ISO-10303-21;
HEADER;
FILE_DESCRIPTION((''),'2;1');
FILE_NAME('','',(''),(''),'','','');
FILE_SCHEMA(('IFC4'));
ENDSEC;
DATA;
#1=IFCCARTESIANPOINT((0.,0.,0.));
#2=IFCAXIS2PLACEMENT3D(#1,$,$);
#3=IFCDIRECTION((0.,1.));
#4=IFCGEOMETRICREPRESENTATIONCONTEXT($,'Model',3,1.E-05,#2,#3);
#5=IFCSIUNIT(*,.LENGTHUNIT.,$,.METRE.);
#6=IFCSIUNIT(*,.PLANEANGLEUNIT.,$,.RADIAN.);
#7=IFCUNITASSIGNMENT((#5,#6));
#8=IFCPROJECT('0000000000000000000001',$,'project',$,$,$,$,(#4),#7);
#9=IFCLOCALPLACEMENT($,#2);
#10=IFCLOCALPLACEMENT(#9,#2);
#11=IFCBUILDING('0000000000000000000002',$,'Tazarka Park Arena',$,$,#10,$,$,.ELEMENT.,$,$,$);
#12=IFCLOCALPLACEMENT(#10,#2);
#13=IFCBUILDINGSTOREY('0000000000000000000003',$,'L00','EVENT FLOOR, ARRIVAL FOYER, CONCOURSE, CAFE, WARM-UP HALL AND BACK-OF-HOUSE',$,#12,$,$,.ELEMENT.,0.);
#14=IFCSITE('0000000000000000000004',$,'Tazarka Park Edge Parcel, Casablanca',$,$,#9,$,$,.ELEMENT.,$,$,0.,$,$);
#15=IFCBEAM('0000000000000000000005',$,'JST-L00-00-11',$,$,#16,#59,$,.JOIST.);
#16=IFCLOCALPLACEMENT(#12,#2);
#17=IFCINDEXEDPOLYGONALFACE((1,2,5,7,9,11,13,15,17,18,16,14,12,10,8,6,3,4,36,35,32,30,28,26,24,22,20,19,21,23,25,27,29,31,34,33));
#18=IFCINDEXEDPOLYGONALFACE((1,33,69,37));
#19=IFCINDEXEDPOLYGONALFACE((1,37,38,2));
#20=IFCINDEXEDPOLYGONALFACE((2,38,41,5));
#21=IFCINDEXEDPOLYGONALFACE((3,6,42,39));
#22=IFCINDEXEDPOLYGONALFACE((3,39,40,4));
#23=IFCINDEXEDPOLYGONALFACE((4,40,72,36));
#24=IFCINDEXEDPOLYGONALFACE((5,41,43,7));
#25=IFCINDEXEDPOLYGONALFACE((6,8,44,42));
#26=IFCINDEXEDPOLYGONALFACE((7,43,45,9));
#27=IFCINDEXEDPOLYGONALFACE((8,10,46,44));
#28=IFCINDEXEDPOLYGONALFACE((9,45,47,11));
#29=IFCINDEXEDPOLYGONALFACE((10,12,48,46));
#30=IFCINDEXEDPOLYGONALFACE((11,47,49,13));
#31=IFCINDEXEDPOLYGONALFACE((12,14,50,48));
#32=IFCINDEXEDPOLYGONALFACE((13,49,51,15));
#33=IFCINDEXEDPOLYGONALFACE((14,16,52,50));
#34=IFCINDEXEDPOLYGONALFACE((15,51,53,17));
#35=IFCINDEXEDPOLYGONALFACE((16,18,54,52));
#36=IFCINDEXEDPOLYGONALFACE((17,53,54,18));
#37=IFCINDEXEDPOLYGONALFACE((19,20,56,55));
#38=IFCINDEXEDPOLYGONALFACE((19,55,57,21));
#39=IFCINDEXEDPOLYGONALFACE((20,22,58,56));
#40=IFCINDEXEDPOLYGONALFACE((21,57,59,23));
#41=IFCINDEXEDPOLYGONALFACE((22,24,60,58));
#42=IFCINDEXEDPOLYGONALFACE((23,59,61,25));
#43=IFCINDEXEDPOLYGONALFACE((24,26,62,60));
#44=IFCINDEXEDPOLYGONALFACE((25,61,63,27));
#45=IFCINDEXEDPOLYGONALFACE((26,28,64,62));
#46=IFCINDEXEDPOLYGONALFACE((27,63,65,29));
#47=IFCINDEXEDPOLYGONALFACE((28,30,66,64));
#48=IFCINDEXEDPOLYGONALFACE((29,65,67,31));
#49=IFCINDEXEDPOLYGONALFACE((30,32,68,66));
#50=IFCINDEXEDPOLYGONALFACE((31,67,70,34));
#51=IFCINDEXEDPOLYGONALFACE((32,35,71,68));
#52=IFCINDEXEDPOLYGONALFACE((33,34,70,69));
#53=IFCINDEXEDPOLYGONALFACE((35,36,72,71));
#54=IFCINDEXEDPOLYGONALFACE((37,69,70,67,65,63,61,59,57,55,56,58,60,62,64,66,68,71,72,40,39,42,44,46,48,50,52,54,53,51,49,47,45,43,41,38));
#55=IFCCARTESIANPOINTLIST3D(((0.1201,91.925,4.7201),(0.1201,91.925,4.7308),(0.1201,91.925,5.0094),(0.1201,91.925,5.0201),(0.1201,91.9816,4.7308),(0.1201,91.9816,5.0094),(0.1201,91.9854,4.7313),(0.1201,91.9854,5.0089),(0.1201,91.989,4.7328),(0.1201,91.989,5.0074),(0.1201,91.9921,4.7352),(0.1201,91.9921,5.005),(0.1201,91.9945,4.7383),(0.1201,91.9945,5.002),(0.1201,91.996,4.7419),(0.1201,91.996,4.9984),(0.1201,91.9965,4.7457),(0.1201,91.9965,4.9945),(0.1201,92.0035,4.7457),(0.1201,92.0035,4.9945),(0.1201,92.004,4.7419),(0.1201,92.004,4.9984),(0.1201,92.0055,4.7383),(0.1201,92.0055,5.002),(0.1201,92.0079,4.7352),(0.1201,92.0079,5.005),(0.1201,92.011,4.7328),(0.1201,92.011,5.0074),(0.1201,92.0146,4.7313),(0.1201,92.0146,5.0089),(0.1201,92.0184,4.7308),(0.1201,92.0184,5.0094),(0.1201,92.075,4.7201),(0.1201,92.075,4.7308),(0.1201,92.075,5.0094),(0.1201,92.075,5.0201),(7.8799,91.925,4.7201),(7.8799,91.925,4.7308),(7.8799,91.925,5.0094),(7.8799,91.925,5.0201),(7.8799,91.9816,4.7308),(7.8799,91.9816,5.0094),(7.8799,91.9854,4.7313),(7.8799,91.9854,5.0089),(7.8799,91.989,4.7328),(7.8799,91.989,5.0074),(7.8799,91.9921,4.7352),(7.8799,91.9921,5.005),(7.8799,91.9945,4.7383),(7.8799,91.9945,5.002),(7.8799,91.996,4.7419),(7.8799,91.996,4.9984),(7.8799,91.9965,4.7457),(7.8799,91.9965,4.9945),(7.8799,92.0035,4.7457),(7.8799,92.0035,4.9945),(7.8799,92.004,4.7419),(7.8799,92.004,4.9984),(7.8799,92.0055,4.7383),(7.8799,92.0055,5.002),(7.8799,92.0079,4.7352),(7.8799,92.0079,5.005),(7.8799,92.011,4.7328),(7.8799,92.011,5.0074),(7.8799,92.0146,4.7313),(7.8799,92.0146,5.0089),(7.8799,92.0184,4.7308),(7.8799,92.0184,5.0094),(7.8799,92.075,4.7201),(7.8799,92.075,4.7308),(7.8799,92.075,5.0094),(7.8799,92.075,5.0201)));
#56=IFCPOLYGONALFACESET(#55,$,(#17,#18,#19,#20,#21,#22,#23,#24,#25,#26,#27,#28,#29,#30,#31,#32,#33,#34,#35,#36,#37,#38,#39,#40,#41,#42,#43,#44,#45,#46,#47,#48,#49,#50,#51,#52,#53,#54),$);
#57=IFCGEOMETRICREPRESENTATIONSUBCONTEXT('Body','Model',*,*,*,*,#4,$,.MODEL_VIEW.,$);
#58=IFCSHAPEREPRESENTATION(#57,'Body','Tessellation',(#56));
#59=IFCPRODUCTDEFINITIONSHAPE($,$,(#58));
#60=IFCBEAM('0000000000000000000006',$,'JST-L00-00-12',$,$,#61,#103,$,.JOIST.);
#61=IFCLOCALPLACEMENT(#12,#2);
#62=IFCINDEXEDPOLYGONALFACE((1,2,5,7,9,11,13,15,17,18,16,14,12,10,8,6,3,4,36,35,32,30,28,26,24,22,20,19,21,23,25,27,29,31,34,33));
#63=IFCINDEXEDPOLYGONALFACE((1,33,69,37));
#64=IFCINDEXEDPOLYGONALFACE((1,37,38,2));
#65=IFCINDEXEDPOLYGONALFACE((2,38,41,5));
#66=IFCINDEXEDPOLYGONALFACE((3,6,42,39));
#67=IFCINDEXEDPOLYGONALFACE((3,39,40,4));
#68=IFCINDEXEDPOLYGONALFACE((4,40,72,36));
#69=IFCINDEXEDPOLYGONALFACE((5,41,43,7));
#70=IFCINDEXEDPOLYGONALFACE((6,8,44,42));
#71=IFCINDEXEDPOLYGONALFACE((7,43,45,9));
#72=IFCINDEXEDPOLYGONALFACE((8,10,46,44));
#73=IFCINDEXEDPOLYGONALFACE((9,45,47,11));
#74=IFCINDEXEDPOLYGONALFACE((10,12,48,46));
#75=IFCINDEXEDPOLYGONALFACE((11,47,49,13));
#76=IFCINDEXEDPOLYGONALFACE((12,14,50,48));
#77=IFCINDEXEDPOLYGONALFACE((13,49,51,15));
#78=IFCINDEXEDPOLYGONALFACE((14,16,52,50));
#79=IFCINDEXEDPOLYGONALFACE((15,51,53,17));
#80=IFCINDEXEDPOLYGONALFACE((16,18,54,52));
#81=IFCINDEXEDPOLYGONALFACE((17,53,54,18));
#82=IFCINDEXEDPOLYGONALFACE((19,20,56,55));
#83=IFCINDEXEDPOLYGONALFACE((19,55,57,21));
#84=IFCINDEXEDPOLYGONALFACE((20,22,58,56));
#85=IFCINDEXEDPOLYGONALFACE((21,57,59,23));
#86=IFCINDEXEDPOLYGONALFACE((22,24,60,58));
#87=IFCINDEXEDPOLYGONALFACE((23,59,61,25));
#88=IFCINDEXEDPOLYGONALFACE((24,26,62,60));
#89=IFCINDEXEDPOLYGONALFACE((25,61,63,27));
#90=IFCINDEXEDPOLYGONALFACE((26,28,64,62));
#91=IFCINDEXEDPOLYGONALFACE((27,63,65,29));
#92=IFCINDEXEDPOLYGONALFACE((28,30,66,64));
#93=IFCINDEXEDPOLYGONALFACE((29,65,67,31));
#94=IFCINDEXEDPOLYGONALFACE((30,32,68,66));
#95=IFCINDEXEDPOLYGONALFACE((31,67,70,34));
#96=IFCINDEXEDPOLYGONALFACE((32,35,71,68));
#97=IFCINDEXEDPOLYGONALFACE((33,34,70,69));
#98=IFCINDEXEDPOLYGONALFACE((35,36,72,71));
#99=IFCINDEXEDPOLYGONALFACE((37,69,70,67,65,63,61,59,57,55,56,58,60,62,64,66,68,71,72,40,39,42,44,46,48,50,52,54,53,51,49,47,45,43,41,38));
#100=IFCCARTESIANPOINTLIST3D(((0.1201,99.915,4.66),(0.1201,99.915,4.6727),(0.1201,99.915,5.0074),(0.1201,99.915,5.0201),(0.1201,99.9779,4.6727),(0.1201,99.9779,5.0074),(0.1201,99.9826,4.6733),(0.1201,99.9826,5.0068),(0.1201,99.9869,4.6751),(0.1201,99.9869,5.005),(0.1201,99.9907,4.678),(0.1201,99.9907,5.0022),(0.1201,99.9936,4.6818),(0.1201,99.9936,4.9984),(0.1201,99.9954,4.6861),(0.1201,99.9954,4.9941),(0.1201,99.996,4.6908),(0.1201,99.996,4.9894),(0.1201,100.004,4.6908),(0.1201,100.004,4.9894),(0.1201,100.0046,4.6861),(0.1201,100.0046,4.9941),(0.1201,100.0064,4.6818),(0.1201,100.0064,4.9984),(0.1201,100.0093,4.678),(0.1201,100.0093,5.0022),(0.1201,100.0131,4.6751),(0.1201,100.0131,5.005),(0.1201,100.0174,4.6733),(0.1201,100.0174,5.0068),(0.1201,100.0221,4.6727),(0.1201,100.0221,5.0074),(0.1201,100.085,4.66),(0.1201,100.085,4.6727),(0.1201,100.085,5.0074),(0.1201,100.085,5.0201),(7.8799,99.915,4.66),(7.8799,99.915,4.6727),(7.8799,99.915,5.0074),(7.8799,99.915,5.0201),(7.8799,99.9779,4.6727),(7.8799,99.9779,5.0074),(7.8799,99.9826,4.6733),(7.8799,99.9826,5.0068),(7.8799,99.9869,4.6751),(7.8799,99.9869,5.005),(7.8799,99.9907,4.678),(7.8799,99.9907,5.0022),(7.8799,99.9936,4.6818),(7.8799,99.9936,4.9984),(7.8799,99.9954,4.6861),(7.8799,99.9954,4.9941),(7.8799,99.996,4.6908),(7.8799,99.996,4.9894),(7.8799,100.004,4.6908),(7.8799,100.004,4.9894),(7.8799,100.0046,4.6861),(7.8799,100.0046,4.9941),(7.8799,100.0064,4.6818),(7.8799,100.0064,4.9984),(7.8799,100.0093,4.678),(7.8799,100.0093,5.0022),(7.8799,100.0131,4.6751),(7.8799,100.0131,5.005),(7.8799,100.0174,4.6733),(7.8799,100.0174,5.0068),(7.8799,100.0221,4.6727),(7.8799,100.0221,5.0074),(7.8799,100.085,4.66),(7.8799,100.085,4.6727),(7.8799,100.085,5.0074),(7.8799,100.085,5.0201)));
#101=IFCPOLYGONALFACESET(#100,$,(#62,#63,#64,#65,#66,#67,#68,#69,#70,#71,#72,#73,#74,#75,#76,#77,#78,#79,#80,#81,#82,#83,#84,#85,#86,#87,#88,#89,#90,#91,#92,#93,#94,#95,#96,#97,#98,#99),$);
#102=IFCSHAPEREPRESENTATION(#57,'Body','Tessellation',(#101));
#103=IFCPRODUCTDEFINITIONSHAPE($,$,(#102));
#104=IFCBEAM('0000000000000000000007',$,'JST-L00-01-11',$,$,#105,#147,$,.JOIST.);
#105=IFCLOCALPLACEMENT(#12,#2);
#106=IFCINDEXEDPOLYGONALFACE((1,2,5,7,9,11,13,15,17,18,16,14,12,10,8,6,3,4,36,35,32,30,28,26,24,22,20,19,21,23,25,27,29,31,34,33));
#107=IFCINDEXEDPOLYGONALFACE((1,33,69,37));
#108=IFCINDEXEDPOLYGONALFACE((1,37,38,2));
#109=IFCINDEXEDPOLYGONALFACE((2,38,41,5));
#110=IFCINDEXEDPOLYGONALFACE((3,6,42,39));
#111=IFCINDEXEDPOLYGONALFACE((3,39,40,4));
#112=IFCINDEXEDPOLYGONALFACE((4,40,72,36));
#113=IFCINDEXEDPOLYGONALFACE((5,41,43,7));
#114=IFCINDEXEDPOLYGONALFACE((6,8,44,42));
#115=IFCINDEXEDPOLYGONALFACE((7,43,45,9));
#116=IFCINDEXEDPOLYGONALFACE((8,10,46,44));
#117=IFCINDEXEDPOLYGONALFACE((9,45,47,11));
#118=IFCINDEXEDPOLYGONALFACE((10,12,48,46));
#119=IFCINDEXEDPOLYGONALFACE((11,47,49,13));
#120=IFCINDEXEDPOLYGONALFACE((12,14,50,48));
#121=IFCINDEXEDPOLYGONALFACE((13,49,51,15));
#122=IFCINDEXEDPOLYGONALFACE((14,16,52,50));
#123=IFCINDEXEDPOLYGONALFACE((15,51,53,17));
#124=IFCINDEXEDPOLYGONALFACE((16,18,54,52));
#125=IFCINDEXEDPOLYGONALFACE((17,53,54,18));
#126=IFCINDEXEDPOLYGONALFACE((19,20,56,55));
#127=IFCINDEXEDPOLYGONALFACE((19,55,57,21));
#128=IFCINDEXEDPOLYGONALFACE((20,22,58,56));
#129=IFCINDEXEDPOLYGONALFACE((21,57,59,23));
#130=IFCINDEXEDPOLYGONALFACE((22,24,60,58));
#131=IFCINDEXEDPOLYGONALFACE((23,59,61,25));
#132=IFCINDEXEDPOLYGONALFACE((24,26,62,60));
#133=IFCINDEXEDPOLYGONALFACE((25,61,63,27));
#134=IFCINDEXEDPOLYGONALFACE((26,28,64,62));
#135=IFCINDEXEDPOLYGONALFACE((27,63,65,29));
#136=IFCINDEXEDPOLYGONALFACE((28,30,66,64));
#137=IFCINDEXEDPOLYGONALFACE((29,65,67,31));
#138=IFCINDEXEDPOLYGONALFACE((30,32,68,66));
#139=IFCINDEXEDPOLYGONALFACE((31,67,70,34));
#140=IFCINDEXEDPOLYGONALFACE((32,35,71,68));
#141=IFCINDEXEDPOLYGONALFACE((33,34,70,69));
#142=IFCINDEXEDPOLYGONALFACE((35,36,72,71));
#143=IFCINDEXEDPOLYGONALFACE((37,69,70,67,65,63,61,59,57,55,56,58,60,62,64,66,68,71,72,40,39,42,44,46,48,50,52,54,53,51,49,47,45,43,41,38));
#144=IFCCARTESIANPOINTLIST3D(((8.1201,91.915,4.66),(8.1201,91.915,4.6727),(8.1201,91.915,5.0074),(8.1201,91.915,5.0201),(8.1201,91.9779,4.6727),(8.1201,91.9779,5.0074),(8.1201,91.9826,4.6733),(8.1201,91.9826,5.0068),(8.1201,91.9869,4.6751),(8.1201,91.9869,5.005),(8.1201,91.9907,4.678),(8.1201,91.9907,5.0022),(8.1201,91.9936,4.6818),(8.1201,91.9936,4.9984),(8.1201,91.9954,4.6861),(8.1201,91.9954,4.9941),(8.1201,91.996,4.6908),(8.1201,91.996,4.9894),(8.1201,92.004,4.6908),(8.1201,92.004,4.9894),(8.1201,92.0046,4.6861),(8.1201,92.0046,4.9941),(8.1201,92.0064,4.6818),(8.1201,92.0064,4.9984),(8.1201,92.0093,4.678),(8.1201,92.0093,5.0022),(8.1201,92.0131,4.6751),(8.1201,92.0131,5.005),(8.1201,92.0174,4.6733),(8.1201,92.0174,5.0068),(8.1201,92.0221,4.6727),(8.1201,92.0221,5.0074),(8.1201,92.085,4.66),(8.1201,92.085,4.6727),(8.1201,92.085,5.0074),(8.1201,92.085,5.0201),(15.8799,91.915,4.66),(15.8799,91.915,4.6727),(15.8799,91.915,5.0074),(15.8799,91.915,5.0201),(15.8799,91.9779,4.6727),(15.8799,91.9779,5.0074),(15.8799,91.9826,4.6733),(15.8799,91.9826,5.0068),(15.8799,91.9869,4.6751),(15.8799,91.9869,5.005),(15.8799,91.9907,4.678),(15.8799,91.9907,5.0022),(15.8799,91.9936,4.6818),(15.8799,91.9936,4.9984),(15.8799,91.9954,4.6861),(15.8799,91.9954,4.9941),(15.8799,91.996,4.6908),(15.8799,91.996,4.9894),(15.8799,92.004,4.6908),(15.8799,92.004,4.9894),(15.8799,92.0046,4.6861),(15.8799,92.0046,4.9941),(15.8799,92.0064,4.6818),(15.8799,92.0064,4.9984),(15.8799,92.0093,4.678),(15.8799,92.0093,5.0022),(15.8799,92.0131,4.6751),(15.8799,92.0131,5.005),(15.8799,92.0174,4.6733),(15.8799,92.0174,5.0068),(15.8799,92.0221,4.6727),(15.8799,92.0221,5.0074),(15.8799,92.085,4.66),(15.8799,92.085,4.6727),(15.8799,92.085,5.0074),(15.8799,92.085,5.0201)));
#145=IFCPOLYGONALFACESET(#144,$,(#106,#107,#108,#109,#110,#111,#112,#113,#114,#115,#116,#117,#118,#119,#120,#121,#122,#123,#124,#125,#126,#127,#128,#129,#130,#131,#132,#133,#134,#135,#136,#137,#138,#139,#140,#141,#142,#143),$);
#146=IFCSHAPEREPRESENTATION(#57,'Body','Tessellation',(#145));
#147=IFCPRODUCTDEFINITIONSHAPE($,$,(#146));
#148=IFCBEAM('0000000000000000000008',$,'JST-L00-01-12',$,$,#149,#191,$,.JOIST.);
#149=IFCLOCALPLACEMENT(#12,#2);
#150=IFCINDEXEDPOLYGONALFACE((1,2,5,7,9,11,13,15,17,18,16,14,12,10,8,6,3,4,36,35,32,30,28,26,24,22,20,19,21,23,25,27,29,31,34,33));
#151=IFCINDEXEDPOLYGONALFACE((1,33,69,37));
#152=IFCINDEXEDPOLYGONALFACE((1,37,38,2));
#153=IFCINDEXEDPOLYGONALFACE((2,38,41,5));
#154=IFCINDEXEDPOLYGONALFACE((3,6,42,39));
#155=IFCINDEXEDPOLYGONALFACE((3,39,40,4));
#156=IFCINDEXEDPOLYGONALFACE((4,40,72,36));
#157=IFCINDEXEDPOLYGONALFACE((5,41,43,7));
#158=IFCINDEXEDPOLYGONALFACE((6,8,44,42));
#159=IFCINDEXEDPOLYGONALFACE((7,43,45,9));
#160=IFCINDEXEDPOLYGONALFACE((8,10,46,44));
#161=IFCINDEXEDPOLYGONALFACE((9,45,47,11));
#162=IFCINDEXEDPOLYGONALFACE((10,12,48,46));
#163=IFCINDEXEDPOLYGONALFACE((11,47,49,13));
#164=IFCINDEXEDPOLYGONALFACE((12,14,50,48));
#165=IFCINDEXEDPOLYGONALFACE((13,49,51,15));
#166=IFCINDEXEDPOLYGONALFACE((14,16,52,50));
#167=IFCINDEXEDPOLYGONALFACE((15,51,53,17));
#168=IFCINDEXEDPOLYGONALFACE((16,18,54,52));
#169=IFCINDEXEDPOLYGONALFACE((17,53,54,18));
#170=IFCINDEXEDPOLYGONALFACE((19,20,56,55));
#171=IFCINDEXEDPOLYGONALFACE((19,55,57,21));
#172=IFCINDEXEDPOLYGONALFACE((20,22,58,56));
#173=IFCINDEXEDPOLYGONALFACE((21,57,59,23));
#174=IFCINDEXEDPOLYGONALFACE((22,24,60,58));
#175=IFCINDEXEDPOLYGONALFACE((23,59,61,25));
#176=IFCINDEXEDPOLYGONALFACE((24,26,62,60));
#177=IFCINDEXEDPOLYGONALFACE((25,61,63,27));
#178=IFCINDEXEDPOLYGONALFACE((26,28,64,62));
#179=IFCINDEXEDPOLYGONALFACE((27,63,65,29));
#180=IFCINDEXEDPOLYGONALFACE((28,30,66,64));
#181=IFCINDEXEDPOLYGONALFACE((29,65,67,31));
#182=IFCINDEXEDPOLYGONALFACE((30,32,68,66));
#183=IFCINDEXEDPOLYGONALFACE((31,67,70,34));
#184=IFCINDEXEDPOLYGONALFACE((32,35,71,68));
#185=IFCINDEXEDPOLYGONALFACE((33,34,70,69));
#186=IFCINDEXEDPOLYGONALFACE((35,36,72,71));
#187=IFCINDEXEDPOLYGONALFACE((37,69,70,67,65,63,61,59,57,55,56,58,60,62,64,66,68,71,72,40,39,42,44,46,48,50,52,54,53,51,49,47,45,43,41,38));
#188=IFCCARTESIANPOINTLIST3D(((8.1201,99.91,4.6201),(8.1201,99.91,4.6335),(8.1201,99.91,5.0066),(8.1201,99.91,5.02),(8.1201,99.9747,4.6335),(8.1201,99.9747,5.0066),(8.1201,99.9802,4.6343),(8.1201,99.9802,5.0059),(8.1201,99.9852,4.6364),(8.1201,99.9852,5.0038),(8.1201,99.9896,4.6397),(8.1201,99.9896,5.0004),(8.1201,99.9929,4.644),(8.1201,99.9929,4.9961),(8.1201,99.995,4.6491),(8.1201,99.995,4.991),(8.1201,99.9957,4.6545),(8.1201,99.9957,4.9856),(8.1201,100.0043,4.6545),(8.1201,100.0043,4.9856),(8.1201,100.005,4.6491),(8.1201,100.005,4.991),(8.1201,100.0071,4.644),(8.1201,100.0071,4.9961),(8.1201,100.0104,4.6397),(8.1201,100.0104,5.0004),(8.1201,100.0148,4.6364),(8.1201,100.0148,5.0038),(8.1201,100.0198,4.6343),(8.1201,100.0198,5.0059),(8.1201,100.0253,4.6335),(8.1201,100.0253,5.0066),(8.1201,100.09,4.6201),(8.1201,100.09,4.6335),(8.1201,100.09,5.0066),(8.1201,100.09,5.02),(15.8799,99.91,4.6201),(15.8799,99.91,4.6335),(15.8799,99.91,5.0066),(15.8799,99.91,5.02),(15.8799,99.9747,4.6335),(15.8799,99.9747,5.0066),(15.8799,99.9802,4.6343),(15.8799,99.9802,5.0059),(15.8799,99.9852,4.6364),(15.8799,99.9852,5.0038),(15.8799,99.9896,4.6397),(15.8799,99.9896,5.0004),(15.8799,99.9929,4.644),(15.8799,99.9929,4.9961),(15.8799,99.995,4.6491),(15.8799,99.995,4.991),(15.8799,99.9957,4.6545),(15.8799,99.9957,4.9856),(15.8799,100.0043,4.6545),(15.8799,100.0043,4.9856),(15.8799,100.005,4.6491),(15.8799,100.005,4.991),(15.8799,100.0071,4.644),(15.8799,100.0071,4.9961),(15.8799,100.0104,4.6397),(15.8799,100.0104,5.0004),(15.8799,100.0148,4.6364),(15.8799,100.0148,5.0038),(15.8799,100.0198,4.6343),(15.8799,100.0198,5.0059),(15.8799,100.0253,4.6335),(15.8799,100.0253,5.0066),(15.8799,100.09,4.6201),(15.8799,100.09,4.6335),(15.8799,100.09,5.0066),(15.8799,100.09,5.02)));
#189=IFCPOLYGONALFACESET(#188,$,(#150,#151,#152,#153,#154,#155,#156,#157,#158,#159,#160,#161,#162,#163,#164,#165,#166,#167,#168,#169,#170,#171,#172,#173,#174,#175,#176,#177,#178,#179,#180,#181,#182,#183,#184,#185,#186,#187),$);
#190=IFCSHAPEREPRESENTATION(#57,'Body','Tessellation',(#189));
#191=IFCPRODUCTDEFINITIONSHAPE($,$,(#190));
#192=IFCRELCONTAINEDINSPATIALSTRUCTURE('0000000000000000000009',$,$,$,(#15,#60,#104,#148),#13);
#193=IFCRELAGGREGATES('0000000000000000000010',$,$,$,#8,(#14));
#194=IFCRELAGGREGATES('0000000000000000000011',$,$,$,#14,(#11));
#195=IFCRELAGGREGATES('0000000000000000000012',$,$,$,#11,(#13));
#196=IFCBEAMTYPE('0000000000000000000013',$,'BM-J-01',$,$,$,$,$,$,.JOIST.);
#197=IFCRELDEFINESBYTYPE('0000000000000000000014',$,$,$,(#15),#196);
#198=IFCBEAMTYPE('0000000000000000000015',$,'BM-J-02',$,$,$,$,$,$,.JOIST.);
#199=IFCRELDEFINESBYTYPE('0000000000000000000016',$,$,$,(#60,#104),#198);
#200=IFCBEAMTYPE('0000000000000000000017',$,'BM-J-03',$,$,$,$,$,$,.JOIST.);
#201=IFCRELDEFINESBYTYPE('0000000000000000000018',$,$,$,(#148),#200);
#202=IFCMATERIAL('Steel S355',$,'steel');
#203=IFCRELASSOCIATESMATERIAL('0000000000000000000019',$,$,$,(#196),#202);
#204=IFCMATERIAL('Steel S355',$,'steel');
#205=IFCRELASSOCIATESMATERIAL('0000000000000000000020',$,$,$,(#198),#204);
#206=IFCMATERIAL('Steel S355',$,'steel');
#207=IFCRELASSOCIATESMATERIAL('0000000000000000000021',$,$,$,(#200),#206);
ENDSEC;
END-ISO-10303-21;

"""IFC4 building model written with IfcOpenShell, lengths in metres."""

from ifc_helpers import new_model, si_unit, direction, frame, origin, origin_2d, place, context, subcontext, project, spatial, i_section, extrude, material, material_profile, profile_set, type_object, element, save


model = new_model("IFC4")

# Units and contexts
model_context = context("Model", 3, precision=1e-05, world=origin(), true_north=direction((0.0, 1.0)))
body_context = subcontext(model_context, "Body", "Model", "MODEL_VIEW")
ifc_project = project(units=[si_unit("LENGTHUNIT", "METRE"), si_unit("PLANEANGLEUNIT", "RADIAN")], contexts=[model_context])

# Site, building, storey
site_placement = place(None, origin())
site = spatial("IfcSite", under=ifc_project, at=site_placement, Name="Tazarka Park Edge Parcel, Casablanca", CompositionType="ELEMENT", RefElevation=0.0)
building_placement = place(site_placement, origin())
building = spatial("IfcBuilding", under=site, at=building_placement, Name="Tazarka Park Arena", CompositionType="ELEMENT")
storey_placement = place(building_placement, origin())
storey = spatial("IfcBuildingStorey", under=building, at=storey_placement, Name="L00", Description="EVENT FLOOR, ARRIVAL FOYER, CONCOURSE, CAFE, WARM-UP HALL AND BACK-OF-HOUSE", CompositionType="ELEMENT", Elevation=0.0)

# Beams
ifc_material_1 = material(Name="Steel S355", Category="steel")
ifc_material_profile_1 = material_profile(ifc_material_1, i_section(OverallWidth=0.1499, OverallDepth=0.3, WebThickness=0.0071, FlangeThickness=0.0107, FilletRadius=0.0149, at=origin_2d()), Name="Steel S355")
ifc_profile_set_1 = profile_set([ifc_material_profile_1], Name="Steel S355")
beam_type_1 = type_object("IfcBeamType", Name="BM-J-01", PredefinedType="JOIST", material=ifc_profile_set_1)
beam_1_placement = place(storey_placement, frame((0.1201, 92.0, 4.8701), z_axis=(1.0, 0.0, 0.0), x_axis=(0.0, 1.0, 0.0)))
element("IfcBeam", 1, at=beam_1_placement, inside=storey, type_object=beam_type_1, Name="JST-L00-00-11", PredefinedType="JOIST", context=body_context, shape_type="SweptSolid", body=[
    extrude(i_section(OverallWidth=0.1499, OverallDepth=0.3, WebThickness=0.0071, FlangeThickness=0.0107, FilletRadius=0.0149, at=origin_2d()), origin(), (0.0, 0.0, 1.0), 7.7598),
])
ifc_material_2 = material(Name="Steel S355", Category="steel")
ifc_material_profile_2 = material_profile(ifc_material_2, i_section(OverallWidth=0.1699, OverallDepth=0.3601, WebThickness=0.0081, FlangeThickness=0.0127, FilletRadius=0.0181, at=origin_2d()), Name="Steel S355")
ifc_profile_set_2 = profile_set([ifc_material_profile_2], Name="Steel S355")
beam_type_2 = type_object("IfcBeamType", Name="BM-J-02", PredefinedType="JOIST", material=ifc_profile_set_2)
for number, where, z_axis, x_axis, name in (
    (2, (0.1201, 100.0, 4.8401), (1.0, 0.0, 0.0), (0.0, 1.0, 0.0), "JST-L00-00-12"),
    (3, (8.1201, 92.0, 4.8401), (1.0, 0.0, 0.0), (0.0, 1.0, 0.0), "JST-L00-01-11"),
):
    element("IfcBeam", number, at=place(storey_placement, frame(where, z_axis=z_axis, x_axis=x_axis)), inside=storey, type_object=beam_type_2, Name=name, PredefinedType="JOIST", context=body_context, shape_type="SweptSolid", body=[
        extrude(i_section(OverallWidth=0.1699, OverallDepth=0.3601, WebThickness=0.0081, FlangeThickness=0.0127, FilletRadius=0.0181, at=origin_2d()), origin(), (0.0, 0.0, 1.0), 7.7598),
    ])
ifc_material_3 = material(Name="Steel S355", Category="steel")
ifc_material_profile_3 = material_profile(ifc_material_3, i_section(OverallWidth=0.1799, OverallDepth=0.3999, WebThickness=0.0085, FlangeThickness=0.0134, FilletRadius=0.021, at=origin_2d()), Name="Steel S355")
ifc_profile_set_3 = profile_set([ifc_material_profile_3], Name="Steel S355")
beam_type_3 = type_object("IfcBeamType", Name="BM-J-03", PredefinedType="JOIST", material=ifc_profile_set_3)
beam_2_placement = place(storey_placement, frame((8.1201, 100.0, 4.8201), z_axis=(1.0, 0.0, 0.0), x_axis=(0.0, 1.0, 0.0)))
element("IfcBeam", 4, at=beam_2_placement, inside=storey, type_object=beam_type_3, Name="JST-L00-01-12", PredefinedType="JOIST", context=body_context, shape_type="SweptSolid", body=[
    extrude(i_section(OverallWidth=0.1799, OverallDepth=0.3999, WebThickness=0.0085, FlangeThickness=0.0134, FilletRadius=0.021, at=origin_2d()), origin(), (0.0, 0.0, 1.0), 7.7598),
])

save(model, "model.ifc")
